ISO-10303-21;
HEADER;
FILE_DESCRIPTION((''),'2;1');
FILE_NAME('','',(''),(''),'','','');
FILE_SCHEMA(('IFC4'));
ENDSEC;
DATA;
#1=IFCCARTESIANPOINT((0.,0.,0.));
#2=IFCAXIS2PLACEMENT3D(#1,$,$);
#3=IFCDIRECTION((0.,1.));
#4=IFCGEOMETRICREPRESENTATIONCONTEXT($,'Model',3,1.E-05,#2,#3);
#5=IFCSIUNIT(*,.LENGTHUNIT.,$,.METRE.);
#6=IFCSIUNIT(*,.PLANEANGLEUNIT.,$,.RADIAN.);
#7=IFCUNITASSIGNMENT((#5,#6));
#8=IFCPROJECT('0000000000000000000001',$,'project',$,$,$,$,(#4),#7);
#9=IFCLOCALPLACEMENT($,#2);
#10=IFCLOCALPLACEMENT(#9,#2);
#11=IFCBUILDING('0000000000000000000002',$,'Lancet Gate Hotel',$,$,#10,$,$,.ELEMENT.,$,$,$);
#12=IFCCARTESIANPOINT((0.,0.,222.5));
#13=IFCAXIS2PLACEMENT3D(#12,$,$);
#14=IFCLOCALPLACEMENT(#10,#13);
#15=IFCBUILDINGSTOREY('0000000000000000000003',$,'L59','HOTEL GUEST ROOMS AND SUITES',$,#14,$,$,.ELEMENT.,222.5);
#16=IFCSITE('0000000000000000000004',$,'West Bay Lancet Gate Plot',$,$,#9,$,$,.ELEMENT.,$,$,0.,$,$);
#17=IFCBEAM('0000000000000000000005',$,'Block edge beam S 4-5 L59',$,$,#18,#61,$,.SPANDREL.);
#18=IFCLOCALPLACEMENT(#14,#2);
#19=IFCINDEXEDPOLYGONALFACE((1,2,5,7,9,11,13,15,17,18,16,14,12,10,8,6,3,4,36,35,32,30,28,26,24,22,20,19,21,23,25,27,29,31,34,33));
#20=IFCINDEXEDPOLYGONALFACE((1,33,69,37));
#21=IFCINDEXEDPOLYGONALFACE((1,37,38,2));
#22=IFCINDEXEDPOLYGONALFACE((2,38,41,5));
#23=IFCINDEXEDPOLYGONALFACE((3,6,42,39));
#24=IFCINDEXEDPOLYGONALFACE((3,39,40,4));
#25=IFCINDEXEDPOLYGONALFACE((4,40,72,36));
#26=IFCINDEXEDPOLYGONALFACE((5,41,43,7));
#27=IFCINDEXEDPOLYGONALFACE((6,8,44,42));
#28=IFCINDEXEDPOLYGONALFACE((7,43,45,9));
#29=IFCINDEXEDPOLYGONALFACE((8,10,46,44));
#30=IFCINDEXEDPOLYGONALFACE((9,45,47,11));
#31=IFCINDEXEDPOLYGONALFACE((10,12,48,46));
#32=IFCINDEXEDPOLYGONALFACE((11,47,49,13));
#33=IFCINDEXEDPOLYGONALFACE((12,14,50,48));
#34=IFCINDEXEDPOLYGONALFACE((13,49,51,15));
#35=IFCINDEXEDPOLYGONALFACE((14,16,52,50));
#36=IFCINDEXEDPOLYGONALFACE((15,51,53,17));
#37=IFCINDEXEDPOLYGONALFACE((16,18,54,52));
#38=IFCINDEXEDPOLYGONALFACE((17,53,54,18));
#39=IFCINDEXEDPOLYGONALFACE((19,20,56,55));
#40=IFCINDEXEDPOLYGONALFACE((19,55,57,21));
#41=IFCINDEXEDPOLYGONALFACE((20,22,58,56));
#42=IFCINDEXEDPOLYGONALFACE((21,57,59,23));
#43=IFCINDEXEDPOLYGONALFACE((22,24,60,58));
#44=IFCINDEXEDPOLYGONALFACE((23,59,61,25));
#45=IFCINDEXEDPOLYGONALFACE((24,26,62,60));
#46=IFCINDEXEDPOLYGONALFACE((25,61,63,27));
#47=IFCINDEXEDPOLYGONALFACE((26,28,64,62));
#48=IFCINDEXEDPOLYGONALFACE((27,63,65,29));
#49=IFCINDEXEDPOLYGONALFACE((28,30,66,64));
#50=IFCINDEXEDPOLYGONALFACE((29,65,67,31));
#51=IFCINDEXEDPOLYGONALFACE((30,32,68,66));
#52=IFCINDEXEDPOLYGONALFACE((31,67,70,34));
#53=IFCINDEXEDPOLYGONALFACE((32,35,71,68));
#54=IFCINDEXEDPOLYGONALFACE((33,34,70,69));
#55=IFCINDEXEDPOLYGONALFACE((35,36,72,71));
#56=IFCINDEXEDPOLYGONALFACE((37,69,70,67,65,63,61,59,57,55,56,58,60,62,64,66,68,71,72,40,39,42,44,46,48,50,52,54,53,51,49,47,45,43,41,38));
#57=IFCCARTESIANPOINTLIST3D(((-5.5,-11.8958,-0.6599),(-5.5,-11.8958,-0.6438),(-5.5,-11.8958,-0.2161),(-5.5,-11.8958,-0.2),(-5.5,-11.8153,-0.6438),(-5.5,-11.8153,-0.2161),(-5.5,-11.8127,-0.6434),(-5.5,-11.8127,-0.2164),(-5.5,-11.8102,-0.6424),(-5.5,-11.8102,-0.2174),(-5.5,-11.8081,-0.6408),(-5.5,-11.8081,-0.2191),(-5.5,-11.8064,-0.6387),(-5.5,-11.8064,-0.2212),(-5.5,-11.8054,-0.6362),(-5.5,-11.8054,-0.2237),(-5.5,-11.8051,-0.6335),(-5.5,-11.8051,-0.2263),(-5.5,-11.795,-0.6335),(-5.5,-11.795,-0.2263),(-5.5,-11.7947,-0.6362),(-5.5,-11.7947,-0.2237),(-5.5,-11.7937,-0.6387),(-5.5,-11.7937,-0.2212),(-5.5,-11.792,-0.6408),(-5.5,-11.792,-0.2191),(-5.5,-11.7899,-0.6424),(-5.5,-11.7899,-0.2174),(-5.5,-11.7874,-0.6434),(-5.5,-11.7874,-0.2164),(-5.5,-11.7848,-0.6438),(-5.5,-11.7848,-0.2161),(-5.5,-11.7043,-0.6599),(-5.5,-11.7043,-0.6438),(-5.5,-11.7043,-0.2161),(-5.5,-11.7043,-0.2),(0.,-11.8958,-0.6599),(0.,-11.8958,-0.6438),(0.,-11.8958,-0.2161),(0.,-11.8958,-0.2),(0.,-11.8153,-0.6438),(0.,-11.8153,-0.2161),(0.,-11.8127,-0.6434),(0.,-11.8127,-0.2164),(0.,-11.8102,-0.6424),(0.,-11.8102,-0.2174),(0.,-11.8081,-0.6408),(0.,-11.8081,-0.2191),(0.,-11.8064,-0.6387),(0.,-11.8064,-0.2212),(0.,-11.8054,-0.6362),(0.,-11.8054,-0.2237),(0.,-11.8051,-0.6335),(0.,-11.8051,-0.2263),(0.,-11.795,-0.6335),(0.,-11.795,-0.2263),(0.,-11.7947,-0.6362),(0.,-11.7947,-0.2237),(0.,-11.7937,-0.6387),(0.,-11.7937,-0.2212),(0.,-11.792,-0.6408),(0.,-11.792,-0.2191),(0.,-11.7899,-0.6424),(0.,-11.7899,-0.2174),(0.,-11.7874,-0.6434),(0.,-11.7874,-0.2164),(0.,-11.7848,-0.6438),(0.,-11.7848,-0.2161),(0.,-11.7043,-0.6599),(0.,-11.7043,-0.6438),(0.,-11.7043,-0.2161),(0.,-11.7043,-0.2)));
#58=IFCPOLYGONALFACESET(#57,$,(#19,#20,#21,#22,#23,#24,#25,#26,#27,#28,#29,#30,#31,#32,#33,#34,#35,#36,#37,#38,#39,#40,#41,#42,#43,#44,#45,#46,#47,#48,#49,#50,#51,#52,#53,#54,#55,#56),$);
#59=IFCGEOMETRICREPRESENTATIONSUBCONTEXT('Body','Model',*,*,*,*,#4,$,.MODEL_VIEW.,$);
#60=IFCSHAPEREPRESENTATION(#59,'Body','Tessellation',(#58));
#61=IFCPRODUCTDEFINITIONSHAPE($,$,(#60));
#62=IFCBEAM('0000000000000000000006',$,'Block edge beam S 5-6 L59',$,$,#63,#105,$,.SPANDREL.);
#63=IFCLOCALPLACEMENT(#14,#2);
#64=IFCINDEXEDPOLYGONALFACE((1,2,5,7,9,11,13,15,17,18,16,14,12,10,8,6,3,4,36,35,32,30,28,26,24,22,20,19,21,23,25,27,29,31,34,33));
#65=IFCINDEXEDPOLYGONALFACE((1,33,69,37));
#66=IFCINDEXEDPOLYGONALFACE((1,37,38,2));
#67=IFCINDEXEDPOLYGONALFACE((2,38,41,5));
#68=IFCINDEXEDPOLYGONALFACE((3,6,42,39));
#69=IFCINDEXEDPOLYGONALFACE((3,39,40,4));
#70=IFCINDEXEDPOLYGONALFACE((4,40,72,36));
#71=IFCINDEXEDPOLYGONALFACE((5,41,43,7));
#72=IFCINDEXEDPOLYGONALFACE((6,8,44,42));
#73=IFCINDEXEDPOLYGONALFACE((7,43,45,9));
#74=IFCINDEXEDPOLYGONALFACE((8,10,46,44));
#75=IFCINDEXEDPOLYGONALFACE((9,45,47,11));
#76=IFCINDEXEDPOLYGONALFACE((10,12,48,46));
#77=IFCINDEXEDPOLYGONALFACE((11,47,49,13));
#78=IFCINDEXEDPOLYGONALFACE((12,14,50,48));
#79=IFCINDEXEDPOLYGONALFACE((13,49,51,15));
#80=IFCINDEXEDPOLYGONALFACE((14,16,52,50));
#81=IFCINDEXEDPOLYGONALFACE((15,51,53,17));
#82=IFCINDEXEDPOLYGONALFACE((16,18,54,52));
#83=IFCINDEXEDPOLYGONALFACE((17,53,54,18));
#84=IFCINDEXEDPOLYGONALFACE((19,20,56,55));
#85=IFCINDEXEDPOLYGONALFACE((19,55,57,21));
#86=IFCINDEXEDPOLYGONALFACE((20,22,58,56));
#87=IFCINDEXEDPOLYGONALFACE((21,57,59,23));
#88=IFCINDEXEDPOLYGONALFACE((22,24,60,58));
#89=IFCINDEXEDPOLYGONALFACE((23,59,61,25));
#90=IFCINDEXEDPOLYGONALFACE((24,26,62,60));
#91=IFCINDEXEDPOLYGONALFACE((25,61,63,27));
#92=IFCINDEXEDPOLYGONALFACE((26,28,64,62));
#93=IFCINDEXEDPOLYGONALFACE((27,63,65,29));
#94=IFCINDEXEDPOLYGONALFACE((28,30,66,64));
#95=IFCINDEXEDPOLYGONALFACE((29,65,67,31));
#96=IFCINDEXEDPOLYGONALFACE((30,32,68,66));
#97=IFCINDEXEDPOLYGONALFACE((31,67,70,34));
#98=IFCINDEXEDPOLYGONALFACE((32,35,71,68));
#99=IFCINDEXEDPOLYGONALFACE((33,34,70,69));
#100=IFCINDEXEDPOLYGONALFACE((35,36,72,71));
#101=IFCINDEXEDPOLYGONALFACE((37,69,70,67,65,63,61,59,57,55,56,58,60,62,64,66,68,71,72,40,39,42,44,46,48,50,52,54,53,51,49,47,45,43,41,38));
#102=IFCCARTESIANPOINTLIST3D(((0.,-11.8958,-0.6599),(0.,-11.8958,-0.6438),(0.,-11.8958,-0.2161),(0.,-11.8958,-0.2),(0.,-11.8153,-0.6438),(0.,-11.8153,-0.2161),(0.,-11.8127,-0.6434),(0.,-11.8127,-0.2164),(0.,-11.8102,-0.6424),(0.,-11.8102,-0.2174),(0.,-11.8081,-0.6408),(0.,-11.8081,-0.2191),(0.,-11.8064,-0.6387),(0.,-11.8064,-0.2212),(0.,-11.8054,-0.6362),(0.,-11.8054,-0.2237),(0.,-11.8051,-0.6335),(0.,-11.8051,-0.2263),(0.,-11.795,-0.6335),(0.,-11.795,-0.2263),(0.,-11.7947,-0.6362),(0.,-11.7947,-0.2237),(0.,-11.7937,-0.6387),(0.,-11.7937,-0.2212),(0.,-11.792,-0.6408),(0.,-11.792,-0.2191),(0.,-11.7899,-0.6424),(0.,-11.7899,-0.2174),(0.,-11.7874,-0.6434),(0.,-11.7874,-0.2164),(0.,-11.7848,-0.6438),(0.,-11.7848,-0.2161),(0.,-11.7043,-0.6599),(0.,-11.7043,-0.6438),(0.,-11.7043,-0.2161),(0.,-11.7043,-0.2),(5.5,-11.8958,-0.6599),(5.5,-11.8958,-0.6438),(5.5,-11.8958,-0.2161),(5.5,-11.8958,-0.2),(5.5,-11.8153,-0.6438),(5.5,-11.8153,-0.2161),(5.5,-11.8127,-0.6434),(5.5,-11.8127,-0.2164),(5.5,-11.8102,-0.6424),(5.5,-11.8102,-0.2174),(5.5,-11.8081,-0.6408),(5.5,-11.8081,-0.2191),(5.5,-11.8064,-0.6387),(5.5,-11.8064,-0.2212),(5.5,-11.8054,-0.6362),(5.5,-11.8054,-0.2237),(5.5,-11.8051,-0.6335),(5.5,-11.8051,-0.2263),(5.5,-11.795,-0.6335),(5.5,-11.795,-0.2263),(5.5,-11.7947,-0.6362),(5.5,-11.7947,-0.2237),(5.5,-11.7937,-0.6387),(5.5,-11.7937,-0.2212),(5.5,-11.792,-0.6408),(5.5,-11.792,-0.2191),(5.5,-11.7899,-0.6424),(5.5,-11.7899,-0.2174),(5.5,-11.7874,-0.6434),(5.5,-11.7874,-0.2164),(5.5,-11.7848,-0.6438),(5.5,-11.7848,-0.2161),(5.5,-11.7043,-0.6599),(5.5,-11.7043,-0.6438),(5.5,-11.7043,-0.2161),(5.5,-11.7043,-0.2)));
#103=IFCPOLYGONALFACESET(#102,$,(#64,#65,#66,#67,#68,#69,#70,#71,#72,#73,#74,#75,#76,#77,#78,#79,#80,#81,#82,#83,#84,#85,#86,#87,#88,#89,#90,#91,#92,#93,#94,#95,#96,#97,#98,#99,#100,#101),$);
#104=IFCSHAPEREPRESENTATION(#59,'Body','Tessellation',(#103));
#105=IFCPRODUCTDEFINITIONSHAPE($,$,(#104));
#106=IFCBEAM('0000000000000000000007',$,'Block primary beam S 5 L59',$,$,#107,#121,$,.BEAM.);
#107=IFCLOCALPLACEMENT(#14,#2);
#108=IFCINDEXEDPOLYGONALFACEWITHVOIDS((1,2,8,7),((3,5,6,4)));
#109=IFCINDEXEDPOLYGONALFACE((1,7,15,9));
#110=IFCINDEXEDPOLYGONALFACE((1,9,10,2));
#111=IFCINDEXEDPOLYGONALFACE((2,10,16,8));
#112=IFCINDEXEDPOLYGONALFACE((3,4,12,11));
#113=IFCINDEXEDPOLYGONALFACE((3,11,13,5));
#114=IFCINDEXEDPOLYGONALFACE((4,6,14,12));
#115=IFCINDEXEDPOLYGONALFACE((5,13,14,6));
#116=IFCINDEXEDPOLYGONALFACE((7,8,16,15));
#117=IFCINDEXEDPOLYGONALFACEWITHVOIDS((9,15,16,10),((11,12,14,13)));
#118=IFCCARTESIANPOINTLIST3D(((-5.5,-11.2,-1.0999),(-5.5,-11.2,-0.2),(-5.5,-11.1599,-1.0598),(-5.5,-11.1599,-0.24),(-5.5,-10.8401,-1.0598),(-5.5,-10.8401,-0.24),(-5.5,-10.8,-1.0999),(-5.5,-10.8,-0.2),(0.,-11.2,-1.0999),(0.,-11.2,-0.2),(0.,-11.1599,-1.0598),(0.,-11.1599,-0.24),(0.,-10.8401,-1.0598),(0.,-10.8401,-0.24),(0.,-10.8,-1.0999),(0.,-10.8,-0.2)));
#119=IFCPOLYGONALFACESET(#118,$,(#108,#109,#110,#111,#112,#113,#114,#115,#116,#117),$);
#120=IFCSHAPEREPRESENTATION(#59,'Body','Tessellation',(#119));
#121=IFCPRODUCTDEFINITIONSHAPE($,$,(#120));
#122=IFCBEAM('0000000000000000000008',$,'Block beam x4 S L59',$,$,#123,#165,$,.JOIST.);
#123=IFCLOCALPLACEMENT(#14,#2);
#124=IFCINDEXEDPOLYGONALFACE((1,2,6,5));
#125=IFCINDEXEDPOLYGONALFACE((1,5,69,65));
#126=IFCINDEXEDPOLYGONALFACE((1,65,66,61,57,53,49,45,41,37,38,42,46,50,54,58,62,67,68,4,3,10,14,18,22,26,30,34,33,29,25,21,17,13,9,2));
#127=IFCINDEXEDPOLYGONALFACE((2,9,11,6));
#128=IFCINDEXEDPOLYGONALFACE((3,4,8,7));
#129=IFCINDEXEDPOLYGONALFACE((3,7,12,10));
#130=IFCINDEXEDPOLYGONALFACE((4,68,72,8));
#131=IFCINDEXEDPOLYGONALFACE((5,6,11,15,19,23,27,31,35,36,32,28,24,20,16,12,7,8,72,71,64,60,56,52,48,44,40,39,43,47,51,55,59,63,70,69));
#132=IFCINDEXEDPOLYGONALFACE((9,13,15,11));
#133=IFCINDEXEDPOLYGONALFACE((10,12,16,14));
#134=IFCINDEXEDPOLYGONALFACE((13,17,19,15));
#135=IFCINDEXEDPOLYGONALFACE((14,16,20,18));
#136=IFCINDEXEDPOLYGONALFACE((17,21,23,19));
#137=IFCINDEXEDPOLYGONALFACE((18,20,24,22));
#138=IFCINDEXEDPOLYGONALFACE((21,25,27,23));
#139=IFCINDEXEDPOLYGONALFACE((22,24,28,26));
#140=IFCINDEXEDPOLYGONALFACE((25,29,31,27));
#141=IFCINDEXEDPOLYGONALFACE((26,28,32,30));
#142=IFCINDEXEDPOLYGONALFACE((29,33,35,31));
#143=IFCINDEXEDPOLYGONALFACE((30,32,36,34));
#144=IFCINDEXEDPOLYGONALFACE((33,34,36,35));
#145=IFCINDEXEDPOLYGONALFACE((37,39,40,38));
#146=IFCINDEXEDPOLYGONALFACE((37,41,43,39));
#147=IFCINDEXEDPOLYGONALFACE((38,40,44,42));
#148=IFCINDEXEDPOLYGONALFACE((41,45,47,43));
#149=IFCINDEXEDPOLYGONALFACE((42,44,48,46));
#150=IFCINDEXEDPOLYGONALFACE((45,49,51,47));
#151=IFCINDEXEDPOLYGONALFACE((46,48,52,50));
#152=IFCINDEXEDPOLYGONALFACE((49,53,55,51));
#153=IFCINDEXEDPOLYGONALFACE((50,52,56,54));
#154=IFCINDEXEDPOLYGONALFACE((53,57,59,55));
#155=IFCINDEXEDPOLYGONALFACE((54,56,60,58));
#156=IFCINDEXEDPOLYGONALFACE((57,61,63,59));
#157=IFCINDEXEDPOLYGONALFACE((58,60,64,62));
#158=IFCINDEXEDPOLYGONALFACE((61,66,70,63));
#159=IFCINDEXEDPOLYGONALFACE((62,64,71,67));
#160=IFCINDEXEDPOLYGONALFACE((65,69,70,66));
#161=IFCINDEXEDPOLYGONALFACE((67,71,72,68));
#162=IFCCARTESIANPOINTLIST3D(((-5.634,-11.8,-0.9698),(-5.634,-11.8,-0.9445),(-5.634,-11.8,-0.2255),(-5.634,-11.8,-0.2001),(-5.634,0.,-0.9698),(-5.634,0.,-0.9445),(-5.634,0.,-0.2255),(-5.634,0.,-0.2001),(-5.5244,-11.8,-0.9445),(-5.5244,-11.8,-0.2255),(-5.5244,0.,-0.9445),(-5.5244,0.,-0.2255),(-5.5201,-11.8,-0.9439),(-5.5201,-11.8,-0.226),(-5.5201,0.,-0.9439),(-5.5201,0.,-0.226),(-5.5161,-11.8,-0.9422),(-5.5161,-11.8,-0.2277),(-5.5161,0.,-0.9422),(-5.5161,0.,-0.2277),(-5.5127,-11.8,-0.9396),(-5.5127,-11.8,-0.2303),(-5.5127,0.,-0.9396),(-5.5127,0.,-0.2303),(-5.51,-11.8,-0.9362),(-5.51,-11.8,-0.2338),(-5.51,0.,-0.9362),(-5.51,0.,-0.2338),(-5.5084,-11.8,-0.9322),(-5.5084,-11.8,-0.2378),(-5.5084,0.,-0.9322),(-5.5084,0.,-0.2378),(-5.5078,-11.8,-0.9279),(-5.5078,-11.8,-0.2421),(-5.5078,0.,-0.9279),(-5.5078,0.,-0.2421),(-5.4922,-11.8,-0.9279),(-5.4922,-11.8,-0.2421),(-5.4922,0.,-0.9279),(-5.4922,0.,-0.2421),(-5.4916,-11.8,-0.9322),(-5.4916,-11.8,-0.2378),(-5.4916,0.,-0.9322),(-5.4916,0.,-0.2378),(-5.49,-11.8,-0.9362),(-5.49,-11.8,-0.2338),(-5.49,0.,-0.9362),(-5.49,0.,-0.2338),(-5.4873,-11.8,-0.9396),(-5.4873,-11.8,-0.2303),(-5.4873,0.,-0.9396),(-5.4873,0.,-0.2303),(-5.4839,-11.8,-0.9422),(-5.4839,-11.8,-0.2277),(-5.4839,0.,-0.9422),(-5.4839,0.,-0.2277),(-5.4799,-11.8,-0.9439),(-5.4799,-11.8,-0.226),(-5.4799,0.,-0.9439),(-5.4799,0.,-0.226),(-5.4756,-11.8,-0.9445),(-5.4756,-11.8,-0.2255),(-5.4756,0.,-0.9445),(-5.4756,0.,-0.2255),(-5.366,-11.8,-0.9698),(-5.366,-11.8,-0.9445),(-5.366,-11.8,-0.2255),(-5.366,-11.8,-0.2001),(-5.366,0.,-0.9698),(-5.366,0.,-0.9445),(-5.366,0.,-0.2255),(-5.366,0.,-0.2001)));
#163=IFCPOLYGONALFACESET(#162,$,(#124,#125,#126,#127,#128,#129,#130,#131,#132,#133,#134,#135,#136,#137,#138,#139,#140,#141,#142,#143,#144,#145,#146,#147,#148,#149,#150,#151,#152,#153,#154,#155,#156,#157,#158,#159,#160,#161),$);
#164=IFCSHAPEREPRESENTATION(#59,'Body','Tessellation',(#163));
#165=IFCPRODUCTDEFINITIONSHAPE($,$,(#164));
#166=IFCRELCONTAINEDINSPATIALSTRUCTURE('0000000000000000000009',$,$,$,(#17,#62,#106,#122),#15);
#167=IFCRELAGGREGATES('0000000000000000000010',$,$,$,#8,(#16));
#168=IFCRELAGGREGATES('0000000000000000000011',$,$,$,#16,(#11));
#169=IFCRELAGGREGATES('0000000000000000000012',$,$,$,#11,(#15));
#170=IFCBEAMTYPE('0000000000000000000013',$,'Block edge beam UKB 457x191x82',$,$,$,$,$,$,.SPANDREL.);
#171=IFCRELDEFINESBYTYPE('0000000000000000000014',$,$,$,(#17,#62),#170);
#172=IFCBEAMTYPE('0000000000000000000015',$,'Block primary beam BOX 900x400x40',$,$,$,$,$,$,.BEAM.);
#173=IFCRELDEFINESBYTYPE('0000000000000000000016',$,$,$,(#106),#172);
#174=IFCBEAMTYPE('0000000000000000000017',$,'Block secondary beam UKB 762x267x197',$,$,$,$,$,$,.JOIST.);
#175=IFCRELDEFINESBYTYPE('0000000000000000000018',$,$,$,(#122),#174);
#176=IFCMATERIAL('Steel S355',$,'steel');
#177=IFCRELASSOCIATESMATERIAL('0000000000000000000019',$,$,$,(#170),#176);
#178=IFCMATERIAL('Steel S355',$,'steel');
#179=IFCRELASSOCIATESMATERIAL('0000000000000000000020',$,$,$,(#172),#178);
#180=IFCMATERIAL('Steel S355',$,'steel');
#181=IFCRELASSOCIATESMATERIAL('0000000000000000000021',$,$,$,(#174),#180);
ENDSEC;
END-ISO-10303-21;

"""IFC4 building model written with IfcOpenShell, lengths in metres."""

from ifc_helpers import new_model, si_unit, direction, frame, origin, origin_2d, place, context, subcontext, project, spatial, hollow_rectangle, i_section, extrude, material, material_profile, profile_set, type_object, element, save


model = new_model("IFC4")

# Units and contexts
model_context = context("Model", 3, precision=1e-05, world=origin(), true_north=direction((0.0, 1.0)))
body_context = subcontext(model_context, "Body", "Model", "MODEL_VIEW")
ifc_project = project(units=[si_unit("LENGTHUNIT", "METRE"), si_unit("PLANEANGLEUNIT", "RADIAN")], contexts=[model_context])

# Site, building, storey
site_placement = place(None, origin())
site = spatial("IfcSite", under=ifc_project, at=site_placement, Name="West Bay Lancet Gate Plot", CompositionType="ELEMENT", RefElevation=0.0)
building_placement = place(site_placement, origin())
building = spatial("IfcBuilding", under=site, at=building_placement, Name="Lancet Gate Hotel", CompositionType="ELEMENT")
storey_placement = place(building_placement, frame((0.0, 0.0, 222.5)))
storey = spatial("IfcBuildingStorey", under=building, at=storey_placement, Name="L59", Description="HOTEL GUEST ROOMS AND SUITES", CompositionType="ELEMENT", Elevation=222.5)

# Beams
ifc_material_1 = material(Name="Steel S355", Category="steel")
ifc_material_profile_1 = material_profile(ifc_material_1, i_section(OverallWidth=0.1914, OverallDepth=0.46, WebThickness=0.01, FlangeThickness=0.0161, FilletRadius=0.0103, at=origin_2d()), Name="UKB 457x191x82")
ifc_profile_set_1 = profile_set([ifc_material_profile_1], Name="Steel S355")
beam_type_1 = type_object("IfcBeamType", Name="Block edge beam UKB 457x191x82", PredefinedType="SPANDREL", material=ifc_profile_set_1)
for number, where, z_axis, x_axis, name in (
    (1, (-5.5, -11.8, -0.4299), (1.0, 0.0, 0.0), (0.0, 1.0, 0.0), "Block edge beam S 4-5 L59"),
    (2, (0.0, -11.8, -0.4299), (1.0, 0.0, 0.0), (0.0, 1.0, 0.0), "Block edge beam S 5-6 L59"),
):
    element("IfcBeam", number, at=place(storey_placement, frame(where, z_axis=z_axis, x_axis=x_axis)), inside=storey, type_object=beam_type_1, Name=name, PredefinedType="SPANDREL", context=body_context, shape_type="SweptSolid", body=[
        extrude(i_section(OverallWidth=0.1914, OverallDepth=0.46, WebThickness=0.01, FlangeThickness=0.0161, FilletRadius=0.0103, at=origin_2d()), origin(), (0.0, 0.0, 1.0), 5.5),
    ])
ifc_material_2 = material(Name="Steel S355", Category="steel")
ifc_material_profile_2 = material_profile(ifc_material_2, hollow_rectangle(XDim=0.3999, YDim=0.8999, WallThickness=0.04, at=origin_2d()), Name="BOX 900x400x40")
ifc_profile_set_2 = profile_set([ifc_material_profile_2], Name="Steel S355")
beam_type_2 = type_object("IfcBeamType", Name="Block primary beam BOX 900x400x40", PredefinedType="BEAM", material=ifc_profile_set_2)
beam_placement = place(storey_placement, frame((-5.5, -11.0, -0.6499), z_axis=(1.0, 0.0, 0.0), x_axis=(0.0, 1.0, 0.0)))
element("IfcBeam", 3, at=beam_placement, inside=storey, type_object=beam_type_2, Name="Block primary beam S 5 L59", PredefinedType="BEAM", context=body_context, shape_type="SweptSolid", body=[
    extrude(hollow_rectangle(XDim=0.3999, YDim=0.8999, WallThickness=0.04, at=origin_2d()), origin(), (0.0, 0.0, 1.0), 5.5),
])
ifc_material_3 = material(Name="Steel S355", Category="steel")
ifc_material_profile_3 = material_profile(ifc_material_3, i_section(OverallWidth=0.2681, OverallDepth=0.7698, WebThickness=0.0156, FlangeThickness=0.0254, FilletRadius=0.0166, at=origin_2d()), Name="UKB 762x267x197")
ifc_profile_set_3 = profile_set([ifc_material_profile_3], Name="Steel S355")
beam_type_3 = type_object("IfcBeamType", Name="Block secondary beam UKB 762x267x197", PredefinedType="JOIST", material=ifc_profile_set_3)
for number, where, z_axis, x_axis, name in (
    (4, (-5.5, -11.8, -0.585), (0.0, 1.0, 0.0), (-1.0, 0.0, 0.0), "Block beam x4 S L59"),
):
    element("IfcBeam", number, at=place(storey_placement, frame(where, z_axis=z_axis, x_axis=x_axis)), inside=storey, type_object=beam_type_3, Name=name, PredefinedType="JOIST", context=body_context, shape_type="SweptSolid", body=[
        extrude(i_section(OverallWidth=0.2681, OverallDepth=0.7698, WebThickness=0.0156, FlangeThickness=0.0254, FilletRadius=0.0166, at=origin_2d()), origin(), (0.0, 0.0, 1.0), 11.8),
    ])

save(model, "model.ifc")
